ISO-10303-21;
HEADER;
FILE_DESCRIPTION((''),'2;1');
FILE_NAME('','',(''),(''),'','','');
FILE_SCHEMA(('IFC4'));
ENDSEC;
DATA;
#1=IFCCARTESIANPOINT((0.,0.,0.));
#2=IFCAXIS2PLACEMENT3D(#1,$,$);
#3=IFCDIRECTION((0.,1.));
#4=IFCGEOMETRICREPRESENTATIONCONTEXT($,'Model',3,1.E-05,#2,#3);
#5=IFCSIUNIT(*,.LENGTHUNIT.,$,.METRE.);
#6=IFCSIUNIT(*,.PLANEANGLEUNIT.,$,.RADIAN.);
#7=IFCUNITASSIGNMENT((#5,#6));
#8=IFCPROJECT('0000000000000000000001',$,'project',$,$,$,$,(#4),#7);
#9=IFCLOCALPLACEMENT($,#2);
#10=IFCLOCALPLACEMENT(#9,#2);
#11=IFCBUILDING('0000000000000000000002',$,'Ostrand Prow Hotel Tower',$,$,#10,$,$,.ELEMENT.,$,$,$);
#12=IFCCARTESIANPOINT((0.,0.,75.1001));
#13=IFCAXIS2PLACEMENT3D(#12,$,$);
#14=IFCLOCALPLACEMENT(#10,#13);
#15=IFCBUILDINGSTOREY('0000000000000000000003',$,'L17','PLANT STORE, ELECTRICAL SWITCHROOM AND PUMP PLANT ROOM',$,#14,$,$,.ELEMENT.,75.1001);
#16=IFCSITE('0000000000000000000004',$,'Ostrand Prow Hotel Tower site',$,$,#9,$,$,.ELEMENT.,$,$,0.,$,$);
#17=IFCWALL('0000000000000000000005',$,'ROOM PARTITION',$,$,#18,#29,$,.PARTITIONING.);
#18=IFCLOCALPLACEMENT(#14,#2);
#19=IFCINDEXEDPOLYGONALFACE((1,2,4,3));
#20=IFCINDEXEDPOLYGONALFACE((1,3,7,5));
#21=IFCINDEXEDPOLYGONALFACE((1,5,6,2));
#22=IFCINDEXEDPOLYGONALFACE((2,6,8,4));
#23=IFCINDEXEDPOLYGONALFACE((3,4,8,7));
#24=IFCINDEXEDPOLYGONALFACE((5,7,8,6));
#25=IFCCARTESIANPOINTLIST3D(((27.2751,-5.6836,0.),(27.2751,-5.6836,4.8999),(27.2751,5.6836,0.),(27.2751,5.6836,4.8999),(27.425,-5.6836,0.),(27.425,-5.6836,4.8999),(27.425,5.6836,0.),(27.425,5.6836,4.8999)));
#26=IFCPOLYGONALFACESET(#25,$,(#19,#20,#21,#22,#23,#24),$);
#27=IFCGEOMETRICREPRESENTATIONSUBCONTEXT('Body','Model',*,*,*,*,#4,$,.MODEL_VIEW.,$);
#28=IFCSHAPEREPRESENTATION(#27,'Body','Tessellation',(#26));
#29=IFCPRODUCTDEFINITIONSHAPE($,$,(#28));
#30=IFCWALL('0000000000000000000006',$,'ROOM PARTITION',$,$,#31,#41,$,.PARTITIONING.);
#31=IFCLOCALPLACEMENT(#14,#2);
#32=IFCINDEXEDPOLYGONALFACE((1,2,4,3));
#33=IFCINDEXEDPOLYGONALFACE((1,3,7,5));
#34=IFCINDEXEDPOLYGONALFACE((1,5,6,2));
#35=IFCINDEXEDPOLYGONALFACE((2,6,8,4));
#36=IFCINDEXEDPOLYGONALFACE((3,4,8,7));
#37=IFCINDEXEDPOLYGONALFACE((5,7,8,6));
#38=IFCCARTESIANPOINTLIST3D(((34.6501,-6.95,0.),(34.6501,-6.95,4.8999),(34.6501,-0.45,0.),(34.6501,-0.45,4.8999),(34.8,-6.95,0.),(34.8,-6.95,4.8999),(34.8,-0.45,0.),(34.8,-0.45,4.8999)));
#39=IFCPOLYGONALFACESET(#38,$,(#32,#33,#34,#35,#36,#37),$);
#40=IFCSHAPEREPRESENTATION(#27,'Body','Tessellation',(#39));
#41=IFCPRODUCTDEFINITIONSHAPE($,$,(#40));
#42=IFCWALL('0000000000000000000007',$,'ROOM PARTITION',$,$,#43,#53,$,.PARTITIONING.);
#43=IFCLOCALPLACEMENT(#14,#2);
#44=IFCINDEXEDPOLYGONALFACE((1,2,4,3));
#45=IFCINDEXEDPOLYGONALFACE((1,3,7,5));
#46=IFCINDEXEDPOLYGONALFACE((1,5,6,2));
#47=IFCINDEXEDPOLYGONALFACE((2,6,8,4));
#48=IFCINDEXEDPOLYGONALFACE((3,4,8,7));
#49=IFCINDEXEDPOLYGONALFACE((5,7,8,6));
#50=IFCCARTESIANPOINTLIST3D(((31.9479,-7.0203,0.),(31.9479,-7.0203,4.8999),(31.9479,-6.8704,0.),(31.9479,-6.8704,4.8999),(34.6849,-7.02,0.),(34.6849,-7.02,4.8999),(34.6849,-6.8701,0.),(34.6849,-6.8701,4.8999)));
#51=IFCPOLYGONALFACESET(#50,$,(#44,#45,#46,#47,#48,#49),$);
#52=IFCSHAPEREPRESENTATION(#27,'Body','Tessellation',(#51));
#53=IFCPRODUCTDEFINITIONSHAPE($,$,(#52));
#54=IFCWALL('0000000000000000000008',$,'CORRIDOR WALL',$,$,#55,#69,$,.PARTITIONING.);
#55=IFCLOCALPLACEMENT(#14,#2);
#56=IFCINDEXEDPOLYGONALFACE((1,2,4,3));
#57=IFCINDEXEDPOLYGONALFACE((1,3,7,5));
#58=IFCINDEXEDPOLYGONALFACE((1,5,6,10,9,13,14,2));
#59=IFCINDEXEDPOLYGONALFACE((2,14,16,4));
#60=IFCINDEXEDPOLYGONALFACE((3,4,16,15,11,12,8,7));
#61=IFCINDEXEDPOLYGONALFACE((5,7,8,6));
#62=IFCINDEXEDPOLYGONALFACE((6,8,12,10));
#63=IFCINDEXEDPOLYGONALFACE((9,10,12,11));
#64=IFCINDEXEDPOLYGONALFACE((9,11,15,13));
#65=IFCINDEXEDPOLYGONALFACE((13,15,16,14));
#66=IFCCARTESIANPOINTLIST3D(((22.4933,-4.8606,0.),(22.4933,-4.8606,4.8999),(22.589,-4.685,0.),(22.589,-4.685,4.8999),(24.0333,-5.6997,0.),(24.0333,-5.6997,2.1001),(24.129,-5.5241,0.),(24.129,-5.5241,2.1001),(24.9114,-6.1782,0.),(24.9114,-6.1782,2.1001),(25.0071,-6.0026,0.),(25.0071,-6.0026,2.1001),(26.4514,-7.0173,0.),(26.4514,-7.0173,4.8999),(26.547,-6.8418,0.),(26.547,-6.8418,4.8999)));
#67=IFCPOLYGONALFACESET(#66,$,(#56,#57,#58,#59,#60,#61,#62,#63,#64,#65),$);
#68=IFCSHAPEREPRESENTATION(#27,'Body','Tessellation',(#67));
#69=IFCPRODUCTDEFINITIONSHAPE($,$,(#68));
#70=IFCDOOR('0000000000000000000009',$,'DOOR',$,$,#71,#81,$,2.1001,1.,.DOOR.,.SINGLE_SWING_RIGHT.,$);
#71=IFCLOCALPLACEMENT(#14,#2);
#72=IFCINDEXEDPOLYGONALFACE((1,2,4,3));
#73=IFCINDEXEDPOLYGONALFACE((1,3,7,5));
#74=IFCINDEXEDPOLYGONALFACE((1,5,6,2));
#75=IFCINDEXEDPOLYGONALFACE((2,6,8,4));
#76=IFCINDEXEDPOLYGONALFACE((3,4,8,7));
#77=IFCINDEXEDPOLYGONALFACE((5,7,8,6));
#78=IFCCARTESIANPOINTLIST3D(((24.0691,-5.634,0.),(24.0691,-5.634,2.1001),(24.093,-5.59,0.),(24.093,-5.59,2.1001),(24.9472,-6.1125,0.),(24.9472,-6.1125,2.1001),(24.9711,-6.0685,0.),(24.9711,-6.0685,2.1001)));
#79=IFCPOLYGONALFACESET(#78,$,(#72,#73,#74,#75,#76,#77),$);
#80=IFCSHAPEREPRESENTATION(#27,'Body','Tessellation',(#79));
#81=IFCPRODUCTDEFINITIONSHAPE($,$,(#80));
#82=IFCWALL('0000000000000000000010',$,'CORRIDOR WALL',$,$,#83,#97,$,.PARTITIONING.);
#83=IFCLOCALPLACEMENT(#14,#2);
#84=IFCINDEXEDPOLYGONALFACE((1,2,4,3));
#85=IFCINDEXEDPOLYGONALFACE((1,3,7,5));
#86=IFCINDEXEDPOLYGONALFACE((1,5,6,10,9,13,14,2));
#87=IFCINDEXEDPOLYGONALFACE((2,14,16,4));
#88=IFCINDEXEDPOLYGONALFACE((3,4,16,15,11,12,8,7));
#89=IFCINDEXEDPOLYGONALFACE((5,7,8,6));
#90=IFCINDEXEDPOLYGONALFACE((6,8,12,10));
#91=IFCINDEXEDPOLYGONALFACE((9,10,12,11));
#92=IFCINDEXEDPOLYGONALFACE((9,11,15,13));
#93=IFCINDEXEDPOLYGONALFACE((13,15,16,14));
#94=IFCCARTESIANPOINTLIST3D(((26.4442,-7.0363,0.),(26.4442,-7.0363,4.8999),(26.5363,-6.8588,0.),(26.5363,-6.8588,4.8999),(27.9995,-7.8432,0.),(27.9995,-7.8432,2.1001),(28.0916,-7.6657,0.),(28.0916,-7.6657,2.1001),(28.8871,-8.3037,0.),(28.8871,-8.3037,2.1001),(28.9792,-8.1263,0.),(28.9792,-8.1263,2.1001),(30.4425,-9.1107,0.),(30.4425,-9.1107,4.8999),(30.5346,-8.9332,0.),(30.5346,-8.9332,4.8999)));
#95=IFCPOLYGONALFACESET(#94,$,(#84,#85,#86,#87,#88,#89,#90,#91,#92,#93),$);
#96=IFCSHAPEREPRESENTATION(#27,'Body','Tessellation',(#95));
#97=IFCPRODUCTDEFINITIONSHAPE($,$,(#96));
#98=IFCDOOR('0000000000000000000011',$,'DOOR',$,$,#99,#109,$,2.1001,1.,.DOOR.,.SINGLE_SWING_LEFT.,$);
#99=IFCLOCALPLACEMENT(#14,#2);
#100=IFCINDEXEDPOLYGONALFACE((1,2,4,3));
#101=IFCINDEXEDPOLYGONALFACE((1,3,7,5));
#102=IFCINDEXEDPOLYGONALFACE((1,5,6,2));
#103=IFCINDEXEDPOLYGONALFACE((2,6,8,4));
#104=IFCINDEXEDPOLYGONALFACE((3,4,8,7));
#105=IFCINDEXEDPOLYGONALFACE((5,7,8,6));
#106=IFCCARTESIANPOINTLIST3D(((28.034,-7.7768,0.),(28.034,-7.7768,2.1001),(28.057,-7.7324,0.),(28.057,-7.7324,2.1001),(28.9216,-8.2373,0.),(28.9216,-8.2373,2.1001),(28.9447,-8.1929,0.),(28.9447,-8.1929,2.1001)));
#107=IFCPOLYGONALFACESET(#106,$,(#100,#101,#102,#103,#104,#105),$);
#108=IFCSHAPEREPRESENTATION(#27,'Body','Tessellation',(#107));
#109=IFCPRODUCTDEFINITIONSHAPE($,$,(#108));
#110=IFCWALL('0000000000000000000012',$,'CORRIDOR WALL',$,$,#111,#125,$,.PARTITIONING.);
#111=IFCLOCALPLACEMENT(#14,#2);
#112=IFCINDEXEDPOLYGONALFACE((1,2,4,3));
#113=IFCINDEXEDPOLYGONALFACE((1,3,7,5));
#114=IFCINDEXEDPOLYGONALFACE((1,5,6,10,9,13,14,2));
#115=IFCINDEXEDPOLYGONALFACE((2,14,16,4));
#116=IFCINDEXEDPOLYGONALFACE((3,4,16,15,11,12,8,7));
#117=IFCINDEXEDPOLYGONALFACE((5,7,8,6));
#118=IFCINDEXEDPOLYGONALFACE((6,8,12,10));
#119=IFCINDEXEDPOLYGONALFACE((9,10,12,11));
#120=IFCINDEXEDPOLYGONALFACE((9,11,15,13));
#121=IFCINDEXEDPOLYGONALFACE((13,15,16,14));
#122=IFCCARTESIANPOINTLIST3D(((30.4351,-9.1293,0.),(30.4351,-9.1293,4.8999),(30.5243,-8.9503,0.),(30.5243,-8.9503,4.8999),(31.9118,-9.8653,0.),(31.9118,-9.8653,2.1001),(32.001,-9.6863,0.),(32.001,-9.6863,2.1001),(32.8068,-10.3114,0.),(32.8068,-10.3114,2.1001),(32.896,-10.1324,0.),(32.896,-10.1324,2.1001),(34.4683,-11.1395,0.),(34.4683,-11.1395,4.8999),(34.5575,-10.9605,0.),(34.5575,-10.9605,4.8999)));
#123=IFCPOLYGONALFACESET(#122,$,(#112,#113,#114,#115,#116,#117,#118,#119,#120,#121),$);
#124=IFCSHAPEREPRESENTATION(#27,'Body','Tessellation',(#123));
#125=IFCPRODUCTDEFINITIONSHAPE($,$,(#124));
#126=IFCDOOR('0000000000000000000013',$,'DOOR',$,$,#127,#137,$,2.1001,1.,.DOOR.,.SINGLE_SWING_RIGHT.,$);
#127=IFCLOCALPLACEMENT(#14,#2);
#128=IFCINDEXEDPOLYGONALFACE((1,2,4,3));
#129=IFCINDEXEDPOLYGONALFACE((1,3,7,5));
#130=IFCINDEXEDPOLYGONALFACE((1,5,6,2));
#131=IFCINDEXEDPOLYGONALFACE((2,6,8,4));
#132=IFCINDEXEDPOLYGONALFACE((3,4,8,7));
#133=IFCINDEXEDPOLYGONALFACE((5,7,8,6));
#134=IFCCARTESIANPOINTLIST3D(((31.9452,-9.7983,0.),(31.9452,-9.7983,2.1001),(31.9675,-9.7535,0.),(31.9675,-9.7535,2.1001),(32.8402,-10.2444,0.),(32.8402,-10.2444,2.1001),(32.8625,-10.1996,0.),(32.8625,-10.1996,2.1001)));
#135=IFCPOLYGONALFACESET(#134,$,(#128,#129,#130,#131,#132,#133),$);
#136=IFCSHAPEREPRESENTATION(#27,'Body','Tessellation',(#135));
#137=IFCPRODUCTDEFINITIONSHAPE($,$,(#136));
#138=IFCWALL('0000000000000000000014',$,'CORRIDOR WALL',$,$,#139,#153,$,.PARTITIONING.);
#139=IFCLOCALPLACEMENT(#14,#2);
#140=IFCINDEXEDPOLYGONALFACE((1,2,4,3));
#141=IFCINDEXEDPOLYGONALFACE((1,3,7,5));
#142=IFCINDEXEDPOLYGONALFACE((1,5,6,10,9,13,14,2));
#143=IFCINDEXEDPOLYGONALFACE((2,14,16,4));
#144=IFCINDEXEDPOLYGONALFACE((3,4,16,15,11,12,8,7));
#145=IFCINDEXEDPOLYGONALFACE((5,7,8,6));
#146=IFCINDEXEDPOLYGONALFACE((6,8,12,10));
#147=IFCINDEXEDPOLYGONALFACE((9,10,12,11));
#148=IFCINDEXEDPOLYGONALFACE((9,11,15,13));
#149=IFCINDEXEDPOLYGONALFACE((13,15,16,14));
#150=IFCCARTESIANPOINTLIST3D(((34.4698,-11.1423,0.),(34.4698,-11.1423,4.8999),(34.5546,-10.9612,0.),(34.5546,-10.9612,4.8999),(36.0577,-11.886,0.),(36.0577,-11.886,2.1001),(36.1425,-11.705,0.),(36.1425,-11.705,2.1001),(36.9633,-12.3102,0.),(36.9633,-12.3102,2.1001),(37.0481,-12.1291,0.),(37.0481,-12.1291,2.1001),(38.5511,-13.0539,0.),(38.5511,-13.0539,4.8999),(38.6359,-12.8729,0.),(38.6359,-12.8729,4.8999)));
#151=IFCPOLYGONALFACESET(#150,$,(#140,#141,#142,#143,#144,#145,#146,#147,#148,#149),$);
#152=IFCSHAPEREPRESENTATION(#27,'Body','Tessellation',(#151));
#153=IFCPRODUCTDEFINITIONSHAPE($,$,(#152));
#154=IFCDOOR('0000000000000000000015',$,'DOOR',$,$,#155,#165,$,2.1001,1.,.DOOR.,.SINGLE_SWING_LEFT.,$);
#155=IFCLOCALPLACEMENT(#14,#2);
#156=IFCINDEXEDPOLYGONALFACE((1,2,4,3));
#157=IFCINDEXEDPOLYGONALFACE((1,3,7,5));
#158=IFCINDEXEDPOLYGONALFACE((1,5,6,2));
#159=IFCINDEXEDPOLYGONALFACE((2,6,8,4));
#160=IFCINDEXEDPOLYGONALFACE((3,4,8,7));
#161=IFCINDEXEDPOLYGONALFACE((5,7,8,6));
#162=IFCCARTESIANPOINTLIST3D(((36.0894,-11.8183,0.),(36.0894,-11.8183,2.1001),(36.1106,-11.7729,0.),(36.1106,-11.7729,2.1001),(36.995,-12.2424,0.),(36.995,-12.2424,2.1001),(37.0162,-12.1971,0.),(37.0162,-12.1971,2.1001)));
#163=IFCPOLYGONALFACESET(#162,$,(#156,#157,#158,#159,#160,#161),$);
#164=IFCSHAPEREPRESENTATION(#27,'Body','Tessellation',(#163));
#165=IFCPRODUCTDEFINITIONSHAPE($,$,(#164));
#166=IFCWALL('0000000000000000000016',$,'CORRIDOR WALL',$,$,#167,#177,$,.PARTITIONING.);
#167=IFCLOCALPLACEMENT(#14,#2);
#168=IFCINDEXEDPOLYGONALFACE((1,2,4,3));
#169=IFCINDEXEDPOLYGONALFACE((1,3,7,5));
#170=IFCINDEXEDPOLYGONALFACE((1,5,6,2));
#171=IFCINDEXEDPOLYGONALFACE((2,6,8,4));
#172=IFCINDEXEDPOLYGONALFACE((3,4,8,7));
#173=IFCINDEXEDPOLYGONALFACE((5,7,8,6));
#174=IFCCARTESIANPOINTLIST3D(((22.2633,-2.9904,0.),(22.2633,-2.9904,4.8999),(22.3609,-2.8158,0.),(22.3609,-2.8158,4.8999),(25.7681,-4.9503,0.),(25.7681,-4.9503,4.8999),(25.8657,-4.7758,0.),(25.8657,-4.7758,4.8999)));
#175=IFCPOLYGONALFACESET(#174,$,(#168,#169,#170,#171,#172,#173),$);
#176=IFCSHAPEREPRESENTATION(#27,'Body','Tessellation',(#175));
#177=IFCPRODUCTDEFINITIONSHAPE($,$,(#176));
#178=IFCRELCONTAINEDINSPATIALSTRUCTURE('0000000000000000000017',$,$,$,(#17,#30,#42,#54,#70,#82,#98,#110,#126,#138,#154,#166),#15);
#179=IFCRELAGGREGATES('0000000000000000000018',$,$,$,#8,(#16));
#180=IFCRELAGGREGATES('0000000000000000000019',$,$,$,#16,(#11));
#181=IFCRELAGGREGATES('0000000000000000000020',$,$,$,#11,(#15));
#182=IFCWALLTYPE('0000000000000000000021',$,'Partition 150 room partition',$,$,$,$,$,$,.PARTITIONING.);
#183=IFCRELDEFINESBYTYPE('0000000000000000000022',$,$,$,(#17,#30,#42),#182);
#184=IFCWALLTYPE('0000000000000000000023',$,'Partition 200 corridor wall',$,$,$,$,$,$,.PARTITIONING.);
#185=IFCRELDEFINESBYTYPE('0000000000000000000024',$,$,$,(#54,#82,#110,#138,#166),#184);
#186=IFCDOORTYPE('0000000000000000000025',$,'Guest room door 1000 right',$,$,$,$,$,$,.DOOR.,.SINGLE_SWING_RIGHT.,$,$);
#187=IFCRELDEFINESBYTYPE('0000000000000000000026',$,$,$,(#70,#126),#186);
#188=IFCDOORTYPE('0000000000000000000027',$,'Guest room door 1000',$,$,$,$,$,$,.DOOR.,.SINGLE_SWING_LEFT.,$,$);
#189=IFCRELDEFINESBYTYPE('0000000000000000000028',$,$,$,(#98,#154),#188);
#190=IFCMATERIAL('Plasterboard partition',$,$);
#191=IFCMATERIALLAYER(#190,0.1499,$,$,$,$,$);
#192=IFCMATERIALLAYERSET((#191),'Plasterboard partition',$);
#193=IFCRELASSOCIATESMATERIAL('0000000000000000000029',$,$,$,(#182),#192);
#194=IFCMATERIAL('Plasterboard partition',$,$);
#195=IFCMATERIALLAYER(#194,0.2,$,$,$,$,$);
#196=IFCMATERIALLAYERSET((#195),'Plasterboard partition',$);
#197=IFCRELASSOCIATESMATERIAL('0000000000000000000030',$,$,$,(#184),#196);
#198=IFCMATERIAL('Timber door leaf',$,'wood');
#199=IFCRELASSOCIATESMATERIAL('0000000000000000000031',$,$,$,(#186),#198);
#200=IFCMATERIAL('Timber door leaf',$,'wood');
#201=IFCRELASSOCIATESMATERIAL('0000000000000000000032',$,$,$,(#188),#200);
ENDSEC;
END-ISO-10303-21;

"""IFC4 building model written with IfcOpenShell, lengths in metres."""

from ifc_helpers import new_model, si_unit, direction, frame, frame_2d, origin, place, context, subcontext, project, spatial, rectangle, extrude, material, layer, layer_set, type_object, element, fill, save


model = new_model("IFC4")

# Units and contexts
model_context = context("Model", 3, precision=1e-05, world=origin(), true_north=direction((0.0, 1.0)))
body_context = subcontext(model_context, "Body", "Model", "MODEL_VIEW")
ifc_project = project(units=[si_unit("LENGTHUNIT", "METRE"), si_unit("PLANEANGLEUNIT", "RADIAN")], contexts=[model_context])

# Site, building, storey
site_placement = place(None, origin())
site = spatial("IfcSite", under=ifc_project, at=site_placement, Name="Ostrand Prow Hotel Tower site", CompositionType="ELEMENT", RefElevation=0.0)
building_placement = place(site_placement, origin())
building = spatial("IfcBuilding", under=site, at=building_placement, Name="Ostrand Prow Hotel Tower", CompositionType="ELEMENT")
storey_placement = place(building_placement, frame((0.0, 0.0, 75.1001)))
storey = spatial("IfcBuildingStorey", under=building, at=storey_placement, Name="L17", Description="PLANT STORE, ELECTRICAL SWITCHROOM AND PUMP PLANT ROOM", CompositionType="ELEMENT", Elevation=75.1001)

# Walls
ifc_material_1 = material(Name="Plasterboard partition")
ifc_layer_1 = layer(ifc_material_1, 0.1499)
ifc_layer_set_1 = layer_set([ifc_layer_1], Name="Plasterboard partition")
wall_type_1 = type_object("IfcWallType", Name="Partition 150 room partition", PredefinedType="PARTITIONING", material=ifc_layer_set_1)
wall_1_placement = place(storey_placement, frame((27.3501, -5.6836, 0.0), z_axis=(0.0, 0.0, 1.0), x_axis=(0.0, 1.0, 0.0)))
element("IfcWall", 1, at=wall_1_placement, inside=storey, type_object=wall_type_1, Name="ROOM PARTITION", PredefinedType="PARTITIONING", context=body_context, shape_type="SweptSolid", body=[
    extrude(rectangle(XDim=11.3672, YDim=0.1499, at=frame_2d((5.6836, 0.0))), origin(), (0.0, 0.0, 1.0), 4.8999),
])
wall_2_placement = place(storey_placement, frame((34.7251, -6.95, 0.0), z_axis=(0.0, 0.0, 1.0), x_axis=(0.0, 1.0, 0.0)))
element("IfcWall", 2, at=wall_2_placement, inside=storey, type_object=wall_type_1, Name="ROOM PARTITION", PredefinedType="PARTITIONING", context=body_context, shape_type="SweptSolid", body=[
    extrude(rectangle(XDim=6.5, YDim=0.1499, at=frame_2d((3.25, 0.0))), origin(), (0.0, 0.0, 1.0), 4.8999),
])
wall_3_placement = place(storey_placement, frame((34.6851, -6.9451, 0.0), z_axis=(0.0, 0.0, 1.0), x_axis=(-1.0, -0.000089, 0.0)))
element("IfcWall", 3, at=wall_3_placement, inside=storey, type_object=wall_type_1, Name="ROOM PARTITION", PredefinedType="PARTITIONING", context=body_context, shape_type="SweptSolid", body=[
    extrude(rectangle(XDim=2.7371, YDim=0.1499, at=frame_2d((1.3687, 0.0))), origin(), (0.0, 0.0, 1.0), 4.8999),
])

# Walls, openings, doors
ifc_material_2 = material(Name="Plasterboard partition")
ifc_layer_2 = layer(ifc_material_2, 0.2)
ifc_layer_set_2 = layer_set([ifc_layer_2], Name="Plasterboard partition")
wall_type_2 = type_object("IfcWallType", Name="Partition 200 corridor wall", PredefinedType="PARTITIONING", material=ifc_layer_set_2)
wall_4_placement = place(storey_placement, frame((22.541, -4.7727, 0.0), z_axis=(0.0, 0.0, 1.0), x_axis=(0.878098, -0.47848, 0.0)))
wall_4 = element("IfcWall", 4, at=wall_4_placement, inside=storey, type_object=wall_type_2, Name="CORRIDOR WALL", PredefinedType="PARTITIONING", context=body_context, shape_type="SweptSolid", body=[
    extrude(rectangle(XDim=4.5076, YDim=0.2, at=frame_2d((2.2539, 0.0))), origin(), (0.0, 0.0, 1.0), 4.8999),
])
opening_1_placement = place(wall_4_placement, frame((1.7539, 0.0, 0.0)))
opening_1 = element("IfcOpeningElement", 5, at=opening_1_placement, cuts=wall_4, PredefinedType="OPENING", context=body_context, shape_type="SweptSolid", body=[
    extrude(rectangle(XDim=1.0, YDim=2.1001, at=frame_2d((0.5, 1.05))), frame((0.0, 0.1099, 0.0), z_axis=(0.0, -1.0, 0.0), x_axis=(1.0, 0.0, 0.0)), (0.0, 0.0, 1.0), 0.22),
])
ifc_material_3 = material(Name="Timber door leaf", Category="wood")
door_type_1 = type_object("IfcDoorType", Name="Guest room door 1000 right", OperationType="SINGLE_SWING_RIGHT", PredefinedType="DOOR", material=ifc_material_3)
door_1_placement = place(opening_1_placement, origin())
door_1 = element("IfcDoor", 6, at=door_1_placement, inside=storey, type_object=door_type_1, Name="DOOR", OperationType="SINGLE_SWING_RIGHT", OverallHeight=2.1001, OverallWidth=1.0, PredefinedType="DOOR", context=body_context, shape_type="SweptSolid", body=[
    extrude(rectangle(XDim=1.0, YDim=2.1001, at=frame_2d((0.5, 1.05))), frame((0.0, 0.0249, 0.0), z_axis=(0.0, -1.0, 0.0), x_axis=(1.0, 0.0, 0.0)), (0.0, 0.0, 1.0), 0.05),
])
fill(opening_1, door_1)
wall_5_placement = place(storey_placement, frame((26.4902, -6.9475, 0.0), z_axis=(0.0, 0.0, 1.0), x_axis=(0.887639, -0.46054, 0.0)))
wall_5 = element("IfcWall", 7, at=wall_5_placement, inside=storey, type_object=wall_type_2, Name="CORRIDOR WALL", PredefinedType="PARTITIONING", context=body_context, shape_type="SweptSolid", body=[
    extrude(rectangle(XDim=4.5044, YDim=0.2, at=frame_2d((2.2522, 0.0))), origin(), (0.0, 0.0, 1.0), 4.8999),
])
opening_2_placement = place(wall_5_placement, frame((1.7522, 0.0, 0.0)))
opening_2 = element("IfcOpeningElement", 8, at=opening_2_placement, cuts=wall_5, PredefinedType="OPENING", context=body_context, shape_type="SweptSolid", body=[
    extrude(rectangle(XDim=1.0, YDim=2.1001, at=frame_2d((0.5, 1.05))), frame((0.0, 0.1099, 0.0), z_axis=(0.0, -1.0, 0.0), x_axis=(1.0, 0.0, 0.0)), (0.0, 0.0, 1.0), 0.22),
])
ifc_material_4 = material(Name="Timber door leaf", Category="wood")
door_type_2 = type_object("IfcDoorType", Name="Guest room door 1000", OperationType="SINGLE_SWING_LEFT", PredefinedType="DOOR", material=ifc_material_4)
door_2_placement = place(opening_2_placement, origin())
door_2 = element("IfcDoor", 9, at=door_2_placement, inside=storey, type_object=door_type_2, Name="DOOR", OperationType="SINGLE_SWING_LEFT", OverallHeight=2.1001, OverallWidth=1.0, PredefinedType="DOOR", context=body_context, shape_type="SweptSolid", body=[
    extrude(rectangle(XDim=1.0, YDim=2.1001, at=frame_2d((0.5, 1.05))), frame((0.0, 0.0249, 0.0), z_axis=(0.0, -1.0, 0.0), x_axis=(1.0, 0.0, 0.0)), (0.0, 0.0, 1.0), 0.05),
])
fill(opening_2, door_2)
wall_6_placement = place(storey_placement, frame((30.4797, -9.0398, 0.0), z_axis=(0.0, 0.0, 1.0), x_axis=(0.89499, -0.446086, 0.0)))
wall_6 = element("IfcWall", 10, at=wall_6_placement, inside=storey, type_object=wall_type_2, Name="CORRIDOR WALL", PredefinedType="PARTITIONING", context=body_context, shape_type="SweptSolid", body=[
    extrude(rectangle(XDim=4.5063, YDim=0.2, at=frame_2d((2.2532, 0.0))), origin(), (0.0, 0.0, 1.0), 4.8999),
])
opening_3_placement = place(wall_6_placement, frame((1.6499, 0.0, 0.0)))
opening_3 = element("IfcOpeningElement", 11, at=opening_3_placement, cuts=wall_6, PredefinedType="OPENING", context=body_context, shape_type="SweptSolid", body=[
    extrude(rectangle(XDim=1.0, YDim=2.1001, at=frame_2d((0.5, 1.05))), frame((0.0, 0.1099, 0.0), z_axis=(0.0, -1.0, 0.0), x_axis=(1.0, 0.0, 0.0)), (0.0, 0.0, 1.0), 0.22),
])
door_3_placement = place(opening_3_placement, origin())
door_3 = element("IfcDoor", 12, at=door_3_placement, inside=storey, type_object=door_type_1, Name="DOOR", OperationType="SINGLE_SWING_RIGHT", OverallHeight=2.1001, OverallWidth=1.0, PredefinedType="DOOR", context=body_context, shape_type="SweptSolid", body=[
    extrude(rectangle(XDim=1.0, YDim=2.1001, at=frame_2d((0.5, 1.05))), frame((0.0, 0.0249, 0.0), z_axis=(0.0, -1.0, 0.0), x_axis=(1.0, 0.0, 0.0)), (0.0, 0.0, 1.0), 0.05),
])
fill(opening_3, door_3)
wall_7_placement = place(storey_placement, frame((34.5122, -11.0518, 0.0), z_axis=(0.0, 0.0, 1.0), x_axis=(0.905586, -0.424163, 0.0)))
wall_7 = element("IfcWall", 13, at=wall_7_placement, inside=storey, type_object=wall_type_2, Name="CORRIDOR WALL", PredefinedType="PARTITIONING", context=body_context, shape_type="SweptSolid", body=[
    extrude(rectangle(XDim=4.5068, YDim=0.2, at=frame_2d((2.2534, 0.0))), origin(), (0.0, 0.0, 1.0), 4.8999),
])
opening_4_placement = place(wall_7_placement, frame((1.7534, 0.0, 0.0)))
opening_4 = element("IfcOpeningElement", 14, at=opening_4_placement, cuts=wall_7, PredefinedType="OPENING", context=body_context, shape_type="SweptSolid", body=[
    extrude(rectangle(XDim=1.0, YDim=2.1001, at=frame_2d((0.5, 1.05))), frame((0.0, 0.1099, 0.0), z_axis=(0.0, -1.0, 0.0), x_axis=(1.0, 0.0, 0.0)), (0.0, 0.0, 1.0), 0.22),
])
door_4_placement = place(opening_4_placement, origin())
door_4 = element("IfcDoor", 15, at=door_4_placement, inside=storey, type_object=door_type_2, Name="DOOR", OperationType="SINGLE_SWING_LEFT", OverallHeight=2.1001, OverallWidth=1.0, PredefinedType="DOOR", context=body_context, shape_type="SweptSolid", body=[
    extrude(rectangle(XDim=1.0, YDim=2.1001, at=frame_2d((0.5, 1.05))), frame((0.0, 0.0249, 0.0), z_axis=(0.0, -1.0, 0.0), x_axis=(1.0, 0.0, 0.0)), (0.0, 0.0, 1.0), 0.05),
])
fill(opening_4, door_4)

# Wall
wall_8_placement = place(storey_placement, frame((25.8169, -4.863, 0.0), z_axis=(0.0, 0.0, 1.0), x_axis=(-0.8728, 0.488078, 0.0)))
element("IfcWall", 16, at=wall_8_placement, inside=storey, type_object=wall_type_2, Name="CORRIDOR WALL", PredefinedType="PARTITIONING", context=body_context, shape_type="SweptSolid", body=[
    extrude(rectangle(XDim=4.0156, YDim=0.2, at=frame_2d((2.0078, 0.0))), origin(), (0.0, 0.0, 1.0), 4.8999),
])

save(model, "model.ifc")
